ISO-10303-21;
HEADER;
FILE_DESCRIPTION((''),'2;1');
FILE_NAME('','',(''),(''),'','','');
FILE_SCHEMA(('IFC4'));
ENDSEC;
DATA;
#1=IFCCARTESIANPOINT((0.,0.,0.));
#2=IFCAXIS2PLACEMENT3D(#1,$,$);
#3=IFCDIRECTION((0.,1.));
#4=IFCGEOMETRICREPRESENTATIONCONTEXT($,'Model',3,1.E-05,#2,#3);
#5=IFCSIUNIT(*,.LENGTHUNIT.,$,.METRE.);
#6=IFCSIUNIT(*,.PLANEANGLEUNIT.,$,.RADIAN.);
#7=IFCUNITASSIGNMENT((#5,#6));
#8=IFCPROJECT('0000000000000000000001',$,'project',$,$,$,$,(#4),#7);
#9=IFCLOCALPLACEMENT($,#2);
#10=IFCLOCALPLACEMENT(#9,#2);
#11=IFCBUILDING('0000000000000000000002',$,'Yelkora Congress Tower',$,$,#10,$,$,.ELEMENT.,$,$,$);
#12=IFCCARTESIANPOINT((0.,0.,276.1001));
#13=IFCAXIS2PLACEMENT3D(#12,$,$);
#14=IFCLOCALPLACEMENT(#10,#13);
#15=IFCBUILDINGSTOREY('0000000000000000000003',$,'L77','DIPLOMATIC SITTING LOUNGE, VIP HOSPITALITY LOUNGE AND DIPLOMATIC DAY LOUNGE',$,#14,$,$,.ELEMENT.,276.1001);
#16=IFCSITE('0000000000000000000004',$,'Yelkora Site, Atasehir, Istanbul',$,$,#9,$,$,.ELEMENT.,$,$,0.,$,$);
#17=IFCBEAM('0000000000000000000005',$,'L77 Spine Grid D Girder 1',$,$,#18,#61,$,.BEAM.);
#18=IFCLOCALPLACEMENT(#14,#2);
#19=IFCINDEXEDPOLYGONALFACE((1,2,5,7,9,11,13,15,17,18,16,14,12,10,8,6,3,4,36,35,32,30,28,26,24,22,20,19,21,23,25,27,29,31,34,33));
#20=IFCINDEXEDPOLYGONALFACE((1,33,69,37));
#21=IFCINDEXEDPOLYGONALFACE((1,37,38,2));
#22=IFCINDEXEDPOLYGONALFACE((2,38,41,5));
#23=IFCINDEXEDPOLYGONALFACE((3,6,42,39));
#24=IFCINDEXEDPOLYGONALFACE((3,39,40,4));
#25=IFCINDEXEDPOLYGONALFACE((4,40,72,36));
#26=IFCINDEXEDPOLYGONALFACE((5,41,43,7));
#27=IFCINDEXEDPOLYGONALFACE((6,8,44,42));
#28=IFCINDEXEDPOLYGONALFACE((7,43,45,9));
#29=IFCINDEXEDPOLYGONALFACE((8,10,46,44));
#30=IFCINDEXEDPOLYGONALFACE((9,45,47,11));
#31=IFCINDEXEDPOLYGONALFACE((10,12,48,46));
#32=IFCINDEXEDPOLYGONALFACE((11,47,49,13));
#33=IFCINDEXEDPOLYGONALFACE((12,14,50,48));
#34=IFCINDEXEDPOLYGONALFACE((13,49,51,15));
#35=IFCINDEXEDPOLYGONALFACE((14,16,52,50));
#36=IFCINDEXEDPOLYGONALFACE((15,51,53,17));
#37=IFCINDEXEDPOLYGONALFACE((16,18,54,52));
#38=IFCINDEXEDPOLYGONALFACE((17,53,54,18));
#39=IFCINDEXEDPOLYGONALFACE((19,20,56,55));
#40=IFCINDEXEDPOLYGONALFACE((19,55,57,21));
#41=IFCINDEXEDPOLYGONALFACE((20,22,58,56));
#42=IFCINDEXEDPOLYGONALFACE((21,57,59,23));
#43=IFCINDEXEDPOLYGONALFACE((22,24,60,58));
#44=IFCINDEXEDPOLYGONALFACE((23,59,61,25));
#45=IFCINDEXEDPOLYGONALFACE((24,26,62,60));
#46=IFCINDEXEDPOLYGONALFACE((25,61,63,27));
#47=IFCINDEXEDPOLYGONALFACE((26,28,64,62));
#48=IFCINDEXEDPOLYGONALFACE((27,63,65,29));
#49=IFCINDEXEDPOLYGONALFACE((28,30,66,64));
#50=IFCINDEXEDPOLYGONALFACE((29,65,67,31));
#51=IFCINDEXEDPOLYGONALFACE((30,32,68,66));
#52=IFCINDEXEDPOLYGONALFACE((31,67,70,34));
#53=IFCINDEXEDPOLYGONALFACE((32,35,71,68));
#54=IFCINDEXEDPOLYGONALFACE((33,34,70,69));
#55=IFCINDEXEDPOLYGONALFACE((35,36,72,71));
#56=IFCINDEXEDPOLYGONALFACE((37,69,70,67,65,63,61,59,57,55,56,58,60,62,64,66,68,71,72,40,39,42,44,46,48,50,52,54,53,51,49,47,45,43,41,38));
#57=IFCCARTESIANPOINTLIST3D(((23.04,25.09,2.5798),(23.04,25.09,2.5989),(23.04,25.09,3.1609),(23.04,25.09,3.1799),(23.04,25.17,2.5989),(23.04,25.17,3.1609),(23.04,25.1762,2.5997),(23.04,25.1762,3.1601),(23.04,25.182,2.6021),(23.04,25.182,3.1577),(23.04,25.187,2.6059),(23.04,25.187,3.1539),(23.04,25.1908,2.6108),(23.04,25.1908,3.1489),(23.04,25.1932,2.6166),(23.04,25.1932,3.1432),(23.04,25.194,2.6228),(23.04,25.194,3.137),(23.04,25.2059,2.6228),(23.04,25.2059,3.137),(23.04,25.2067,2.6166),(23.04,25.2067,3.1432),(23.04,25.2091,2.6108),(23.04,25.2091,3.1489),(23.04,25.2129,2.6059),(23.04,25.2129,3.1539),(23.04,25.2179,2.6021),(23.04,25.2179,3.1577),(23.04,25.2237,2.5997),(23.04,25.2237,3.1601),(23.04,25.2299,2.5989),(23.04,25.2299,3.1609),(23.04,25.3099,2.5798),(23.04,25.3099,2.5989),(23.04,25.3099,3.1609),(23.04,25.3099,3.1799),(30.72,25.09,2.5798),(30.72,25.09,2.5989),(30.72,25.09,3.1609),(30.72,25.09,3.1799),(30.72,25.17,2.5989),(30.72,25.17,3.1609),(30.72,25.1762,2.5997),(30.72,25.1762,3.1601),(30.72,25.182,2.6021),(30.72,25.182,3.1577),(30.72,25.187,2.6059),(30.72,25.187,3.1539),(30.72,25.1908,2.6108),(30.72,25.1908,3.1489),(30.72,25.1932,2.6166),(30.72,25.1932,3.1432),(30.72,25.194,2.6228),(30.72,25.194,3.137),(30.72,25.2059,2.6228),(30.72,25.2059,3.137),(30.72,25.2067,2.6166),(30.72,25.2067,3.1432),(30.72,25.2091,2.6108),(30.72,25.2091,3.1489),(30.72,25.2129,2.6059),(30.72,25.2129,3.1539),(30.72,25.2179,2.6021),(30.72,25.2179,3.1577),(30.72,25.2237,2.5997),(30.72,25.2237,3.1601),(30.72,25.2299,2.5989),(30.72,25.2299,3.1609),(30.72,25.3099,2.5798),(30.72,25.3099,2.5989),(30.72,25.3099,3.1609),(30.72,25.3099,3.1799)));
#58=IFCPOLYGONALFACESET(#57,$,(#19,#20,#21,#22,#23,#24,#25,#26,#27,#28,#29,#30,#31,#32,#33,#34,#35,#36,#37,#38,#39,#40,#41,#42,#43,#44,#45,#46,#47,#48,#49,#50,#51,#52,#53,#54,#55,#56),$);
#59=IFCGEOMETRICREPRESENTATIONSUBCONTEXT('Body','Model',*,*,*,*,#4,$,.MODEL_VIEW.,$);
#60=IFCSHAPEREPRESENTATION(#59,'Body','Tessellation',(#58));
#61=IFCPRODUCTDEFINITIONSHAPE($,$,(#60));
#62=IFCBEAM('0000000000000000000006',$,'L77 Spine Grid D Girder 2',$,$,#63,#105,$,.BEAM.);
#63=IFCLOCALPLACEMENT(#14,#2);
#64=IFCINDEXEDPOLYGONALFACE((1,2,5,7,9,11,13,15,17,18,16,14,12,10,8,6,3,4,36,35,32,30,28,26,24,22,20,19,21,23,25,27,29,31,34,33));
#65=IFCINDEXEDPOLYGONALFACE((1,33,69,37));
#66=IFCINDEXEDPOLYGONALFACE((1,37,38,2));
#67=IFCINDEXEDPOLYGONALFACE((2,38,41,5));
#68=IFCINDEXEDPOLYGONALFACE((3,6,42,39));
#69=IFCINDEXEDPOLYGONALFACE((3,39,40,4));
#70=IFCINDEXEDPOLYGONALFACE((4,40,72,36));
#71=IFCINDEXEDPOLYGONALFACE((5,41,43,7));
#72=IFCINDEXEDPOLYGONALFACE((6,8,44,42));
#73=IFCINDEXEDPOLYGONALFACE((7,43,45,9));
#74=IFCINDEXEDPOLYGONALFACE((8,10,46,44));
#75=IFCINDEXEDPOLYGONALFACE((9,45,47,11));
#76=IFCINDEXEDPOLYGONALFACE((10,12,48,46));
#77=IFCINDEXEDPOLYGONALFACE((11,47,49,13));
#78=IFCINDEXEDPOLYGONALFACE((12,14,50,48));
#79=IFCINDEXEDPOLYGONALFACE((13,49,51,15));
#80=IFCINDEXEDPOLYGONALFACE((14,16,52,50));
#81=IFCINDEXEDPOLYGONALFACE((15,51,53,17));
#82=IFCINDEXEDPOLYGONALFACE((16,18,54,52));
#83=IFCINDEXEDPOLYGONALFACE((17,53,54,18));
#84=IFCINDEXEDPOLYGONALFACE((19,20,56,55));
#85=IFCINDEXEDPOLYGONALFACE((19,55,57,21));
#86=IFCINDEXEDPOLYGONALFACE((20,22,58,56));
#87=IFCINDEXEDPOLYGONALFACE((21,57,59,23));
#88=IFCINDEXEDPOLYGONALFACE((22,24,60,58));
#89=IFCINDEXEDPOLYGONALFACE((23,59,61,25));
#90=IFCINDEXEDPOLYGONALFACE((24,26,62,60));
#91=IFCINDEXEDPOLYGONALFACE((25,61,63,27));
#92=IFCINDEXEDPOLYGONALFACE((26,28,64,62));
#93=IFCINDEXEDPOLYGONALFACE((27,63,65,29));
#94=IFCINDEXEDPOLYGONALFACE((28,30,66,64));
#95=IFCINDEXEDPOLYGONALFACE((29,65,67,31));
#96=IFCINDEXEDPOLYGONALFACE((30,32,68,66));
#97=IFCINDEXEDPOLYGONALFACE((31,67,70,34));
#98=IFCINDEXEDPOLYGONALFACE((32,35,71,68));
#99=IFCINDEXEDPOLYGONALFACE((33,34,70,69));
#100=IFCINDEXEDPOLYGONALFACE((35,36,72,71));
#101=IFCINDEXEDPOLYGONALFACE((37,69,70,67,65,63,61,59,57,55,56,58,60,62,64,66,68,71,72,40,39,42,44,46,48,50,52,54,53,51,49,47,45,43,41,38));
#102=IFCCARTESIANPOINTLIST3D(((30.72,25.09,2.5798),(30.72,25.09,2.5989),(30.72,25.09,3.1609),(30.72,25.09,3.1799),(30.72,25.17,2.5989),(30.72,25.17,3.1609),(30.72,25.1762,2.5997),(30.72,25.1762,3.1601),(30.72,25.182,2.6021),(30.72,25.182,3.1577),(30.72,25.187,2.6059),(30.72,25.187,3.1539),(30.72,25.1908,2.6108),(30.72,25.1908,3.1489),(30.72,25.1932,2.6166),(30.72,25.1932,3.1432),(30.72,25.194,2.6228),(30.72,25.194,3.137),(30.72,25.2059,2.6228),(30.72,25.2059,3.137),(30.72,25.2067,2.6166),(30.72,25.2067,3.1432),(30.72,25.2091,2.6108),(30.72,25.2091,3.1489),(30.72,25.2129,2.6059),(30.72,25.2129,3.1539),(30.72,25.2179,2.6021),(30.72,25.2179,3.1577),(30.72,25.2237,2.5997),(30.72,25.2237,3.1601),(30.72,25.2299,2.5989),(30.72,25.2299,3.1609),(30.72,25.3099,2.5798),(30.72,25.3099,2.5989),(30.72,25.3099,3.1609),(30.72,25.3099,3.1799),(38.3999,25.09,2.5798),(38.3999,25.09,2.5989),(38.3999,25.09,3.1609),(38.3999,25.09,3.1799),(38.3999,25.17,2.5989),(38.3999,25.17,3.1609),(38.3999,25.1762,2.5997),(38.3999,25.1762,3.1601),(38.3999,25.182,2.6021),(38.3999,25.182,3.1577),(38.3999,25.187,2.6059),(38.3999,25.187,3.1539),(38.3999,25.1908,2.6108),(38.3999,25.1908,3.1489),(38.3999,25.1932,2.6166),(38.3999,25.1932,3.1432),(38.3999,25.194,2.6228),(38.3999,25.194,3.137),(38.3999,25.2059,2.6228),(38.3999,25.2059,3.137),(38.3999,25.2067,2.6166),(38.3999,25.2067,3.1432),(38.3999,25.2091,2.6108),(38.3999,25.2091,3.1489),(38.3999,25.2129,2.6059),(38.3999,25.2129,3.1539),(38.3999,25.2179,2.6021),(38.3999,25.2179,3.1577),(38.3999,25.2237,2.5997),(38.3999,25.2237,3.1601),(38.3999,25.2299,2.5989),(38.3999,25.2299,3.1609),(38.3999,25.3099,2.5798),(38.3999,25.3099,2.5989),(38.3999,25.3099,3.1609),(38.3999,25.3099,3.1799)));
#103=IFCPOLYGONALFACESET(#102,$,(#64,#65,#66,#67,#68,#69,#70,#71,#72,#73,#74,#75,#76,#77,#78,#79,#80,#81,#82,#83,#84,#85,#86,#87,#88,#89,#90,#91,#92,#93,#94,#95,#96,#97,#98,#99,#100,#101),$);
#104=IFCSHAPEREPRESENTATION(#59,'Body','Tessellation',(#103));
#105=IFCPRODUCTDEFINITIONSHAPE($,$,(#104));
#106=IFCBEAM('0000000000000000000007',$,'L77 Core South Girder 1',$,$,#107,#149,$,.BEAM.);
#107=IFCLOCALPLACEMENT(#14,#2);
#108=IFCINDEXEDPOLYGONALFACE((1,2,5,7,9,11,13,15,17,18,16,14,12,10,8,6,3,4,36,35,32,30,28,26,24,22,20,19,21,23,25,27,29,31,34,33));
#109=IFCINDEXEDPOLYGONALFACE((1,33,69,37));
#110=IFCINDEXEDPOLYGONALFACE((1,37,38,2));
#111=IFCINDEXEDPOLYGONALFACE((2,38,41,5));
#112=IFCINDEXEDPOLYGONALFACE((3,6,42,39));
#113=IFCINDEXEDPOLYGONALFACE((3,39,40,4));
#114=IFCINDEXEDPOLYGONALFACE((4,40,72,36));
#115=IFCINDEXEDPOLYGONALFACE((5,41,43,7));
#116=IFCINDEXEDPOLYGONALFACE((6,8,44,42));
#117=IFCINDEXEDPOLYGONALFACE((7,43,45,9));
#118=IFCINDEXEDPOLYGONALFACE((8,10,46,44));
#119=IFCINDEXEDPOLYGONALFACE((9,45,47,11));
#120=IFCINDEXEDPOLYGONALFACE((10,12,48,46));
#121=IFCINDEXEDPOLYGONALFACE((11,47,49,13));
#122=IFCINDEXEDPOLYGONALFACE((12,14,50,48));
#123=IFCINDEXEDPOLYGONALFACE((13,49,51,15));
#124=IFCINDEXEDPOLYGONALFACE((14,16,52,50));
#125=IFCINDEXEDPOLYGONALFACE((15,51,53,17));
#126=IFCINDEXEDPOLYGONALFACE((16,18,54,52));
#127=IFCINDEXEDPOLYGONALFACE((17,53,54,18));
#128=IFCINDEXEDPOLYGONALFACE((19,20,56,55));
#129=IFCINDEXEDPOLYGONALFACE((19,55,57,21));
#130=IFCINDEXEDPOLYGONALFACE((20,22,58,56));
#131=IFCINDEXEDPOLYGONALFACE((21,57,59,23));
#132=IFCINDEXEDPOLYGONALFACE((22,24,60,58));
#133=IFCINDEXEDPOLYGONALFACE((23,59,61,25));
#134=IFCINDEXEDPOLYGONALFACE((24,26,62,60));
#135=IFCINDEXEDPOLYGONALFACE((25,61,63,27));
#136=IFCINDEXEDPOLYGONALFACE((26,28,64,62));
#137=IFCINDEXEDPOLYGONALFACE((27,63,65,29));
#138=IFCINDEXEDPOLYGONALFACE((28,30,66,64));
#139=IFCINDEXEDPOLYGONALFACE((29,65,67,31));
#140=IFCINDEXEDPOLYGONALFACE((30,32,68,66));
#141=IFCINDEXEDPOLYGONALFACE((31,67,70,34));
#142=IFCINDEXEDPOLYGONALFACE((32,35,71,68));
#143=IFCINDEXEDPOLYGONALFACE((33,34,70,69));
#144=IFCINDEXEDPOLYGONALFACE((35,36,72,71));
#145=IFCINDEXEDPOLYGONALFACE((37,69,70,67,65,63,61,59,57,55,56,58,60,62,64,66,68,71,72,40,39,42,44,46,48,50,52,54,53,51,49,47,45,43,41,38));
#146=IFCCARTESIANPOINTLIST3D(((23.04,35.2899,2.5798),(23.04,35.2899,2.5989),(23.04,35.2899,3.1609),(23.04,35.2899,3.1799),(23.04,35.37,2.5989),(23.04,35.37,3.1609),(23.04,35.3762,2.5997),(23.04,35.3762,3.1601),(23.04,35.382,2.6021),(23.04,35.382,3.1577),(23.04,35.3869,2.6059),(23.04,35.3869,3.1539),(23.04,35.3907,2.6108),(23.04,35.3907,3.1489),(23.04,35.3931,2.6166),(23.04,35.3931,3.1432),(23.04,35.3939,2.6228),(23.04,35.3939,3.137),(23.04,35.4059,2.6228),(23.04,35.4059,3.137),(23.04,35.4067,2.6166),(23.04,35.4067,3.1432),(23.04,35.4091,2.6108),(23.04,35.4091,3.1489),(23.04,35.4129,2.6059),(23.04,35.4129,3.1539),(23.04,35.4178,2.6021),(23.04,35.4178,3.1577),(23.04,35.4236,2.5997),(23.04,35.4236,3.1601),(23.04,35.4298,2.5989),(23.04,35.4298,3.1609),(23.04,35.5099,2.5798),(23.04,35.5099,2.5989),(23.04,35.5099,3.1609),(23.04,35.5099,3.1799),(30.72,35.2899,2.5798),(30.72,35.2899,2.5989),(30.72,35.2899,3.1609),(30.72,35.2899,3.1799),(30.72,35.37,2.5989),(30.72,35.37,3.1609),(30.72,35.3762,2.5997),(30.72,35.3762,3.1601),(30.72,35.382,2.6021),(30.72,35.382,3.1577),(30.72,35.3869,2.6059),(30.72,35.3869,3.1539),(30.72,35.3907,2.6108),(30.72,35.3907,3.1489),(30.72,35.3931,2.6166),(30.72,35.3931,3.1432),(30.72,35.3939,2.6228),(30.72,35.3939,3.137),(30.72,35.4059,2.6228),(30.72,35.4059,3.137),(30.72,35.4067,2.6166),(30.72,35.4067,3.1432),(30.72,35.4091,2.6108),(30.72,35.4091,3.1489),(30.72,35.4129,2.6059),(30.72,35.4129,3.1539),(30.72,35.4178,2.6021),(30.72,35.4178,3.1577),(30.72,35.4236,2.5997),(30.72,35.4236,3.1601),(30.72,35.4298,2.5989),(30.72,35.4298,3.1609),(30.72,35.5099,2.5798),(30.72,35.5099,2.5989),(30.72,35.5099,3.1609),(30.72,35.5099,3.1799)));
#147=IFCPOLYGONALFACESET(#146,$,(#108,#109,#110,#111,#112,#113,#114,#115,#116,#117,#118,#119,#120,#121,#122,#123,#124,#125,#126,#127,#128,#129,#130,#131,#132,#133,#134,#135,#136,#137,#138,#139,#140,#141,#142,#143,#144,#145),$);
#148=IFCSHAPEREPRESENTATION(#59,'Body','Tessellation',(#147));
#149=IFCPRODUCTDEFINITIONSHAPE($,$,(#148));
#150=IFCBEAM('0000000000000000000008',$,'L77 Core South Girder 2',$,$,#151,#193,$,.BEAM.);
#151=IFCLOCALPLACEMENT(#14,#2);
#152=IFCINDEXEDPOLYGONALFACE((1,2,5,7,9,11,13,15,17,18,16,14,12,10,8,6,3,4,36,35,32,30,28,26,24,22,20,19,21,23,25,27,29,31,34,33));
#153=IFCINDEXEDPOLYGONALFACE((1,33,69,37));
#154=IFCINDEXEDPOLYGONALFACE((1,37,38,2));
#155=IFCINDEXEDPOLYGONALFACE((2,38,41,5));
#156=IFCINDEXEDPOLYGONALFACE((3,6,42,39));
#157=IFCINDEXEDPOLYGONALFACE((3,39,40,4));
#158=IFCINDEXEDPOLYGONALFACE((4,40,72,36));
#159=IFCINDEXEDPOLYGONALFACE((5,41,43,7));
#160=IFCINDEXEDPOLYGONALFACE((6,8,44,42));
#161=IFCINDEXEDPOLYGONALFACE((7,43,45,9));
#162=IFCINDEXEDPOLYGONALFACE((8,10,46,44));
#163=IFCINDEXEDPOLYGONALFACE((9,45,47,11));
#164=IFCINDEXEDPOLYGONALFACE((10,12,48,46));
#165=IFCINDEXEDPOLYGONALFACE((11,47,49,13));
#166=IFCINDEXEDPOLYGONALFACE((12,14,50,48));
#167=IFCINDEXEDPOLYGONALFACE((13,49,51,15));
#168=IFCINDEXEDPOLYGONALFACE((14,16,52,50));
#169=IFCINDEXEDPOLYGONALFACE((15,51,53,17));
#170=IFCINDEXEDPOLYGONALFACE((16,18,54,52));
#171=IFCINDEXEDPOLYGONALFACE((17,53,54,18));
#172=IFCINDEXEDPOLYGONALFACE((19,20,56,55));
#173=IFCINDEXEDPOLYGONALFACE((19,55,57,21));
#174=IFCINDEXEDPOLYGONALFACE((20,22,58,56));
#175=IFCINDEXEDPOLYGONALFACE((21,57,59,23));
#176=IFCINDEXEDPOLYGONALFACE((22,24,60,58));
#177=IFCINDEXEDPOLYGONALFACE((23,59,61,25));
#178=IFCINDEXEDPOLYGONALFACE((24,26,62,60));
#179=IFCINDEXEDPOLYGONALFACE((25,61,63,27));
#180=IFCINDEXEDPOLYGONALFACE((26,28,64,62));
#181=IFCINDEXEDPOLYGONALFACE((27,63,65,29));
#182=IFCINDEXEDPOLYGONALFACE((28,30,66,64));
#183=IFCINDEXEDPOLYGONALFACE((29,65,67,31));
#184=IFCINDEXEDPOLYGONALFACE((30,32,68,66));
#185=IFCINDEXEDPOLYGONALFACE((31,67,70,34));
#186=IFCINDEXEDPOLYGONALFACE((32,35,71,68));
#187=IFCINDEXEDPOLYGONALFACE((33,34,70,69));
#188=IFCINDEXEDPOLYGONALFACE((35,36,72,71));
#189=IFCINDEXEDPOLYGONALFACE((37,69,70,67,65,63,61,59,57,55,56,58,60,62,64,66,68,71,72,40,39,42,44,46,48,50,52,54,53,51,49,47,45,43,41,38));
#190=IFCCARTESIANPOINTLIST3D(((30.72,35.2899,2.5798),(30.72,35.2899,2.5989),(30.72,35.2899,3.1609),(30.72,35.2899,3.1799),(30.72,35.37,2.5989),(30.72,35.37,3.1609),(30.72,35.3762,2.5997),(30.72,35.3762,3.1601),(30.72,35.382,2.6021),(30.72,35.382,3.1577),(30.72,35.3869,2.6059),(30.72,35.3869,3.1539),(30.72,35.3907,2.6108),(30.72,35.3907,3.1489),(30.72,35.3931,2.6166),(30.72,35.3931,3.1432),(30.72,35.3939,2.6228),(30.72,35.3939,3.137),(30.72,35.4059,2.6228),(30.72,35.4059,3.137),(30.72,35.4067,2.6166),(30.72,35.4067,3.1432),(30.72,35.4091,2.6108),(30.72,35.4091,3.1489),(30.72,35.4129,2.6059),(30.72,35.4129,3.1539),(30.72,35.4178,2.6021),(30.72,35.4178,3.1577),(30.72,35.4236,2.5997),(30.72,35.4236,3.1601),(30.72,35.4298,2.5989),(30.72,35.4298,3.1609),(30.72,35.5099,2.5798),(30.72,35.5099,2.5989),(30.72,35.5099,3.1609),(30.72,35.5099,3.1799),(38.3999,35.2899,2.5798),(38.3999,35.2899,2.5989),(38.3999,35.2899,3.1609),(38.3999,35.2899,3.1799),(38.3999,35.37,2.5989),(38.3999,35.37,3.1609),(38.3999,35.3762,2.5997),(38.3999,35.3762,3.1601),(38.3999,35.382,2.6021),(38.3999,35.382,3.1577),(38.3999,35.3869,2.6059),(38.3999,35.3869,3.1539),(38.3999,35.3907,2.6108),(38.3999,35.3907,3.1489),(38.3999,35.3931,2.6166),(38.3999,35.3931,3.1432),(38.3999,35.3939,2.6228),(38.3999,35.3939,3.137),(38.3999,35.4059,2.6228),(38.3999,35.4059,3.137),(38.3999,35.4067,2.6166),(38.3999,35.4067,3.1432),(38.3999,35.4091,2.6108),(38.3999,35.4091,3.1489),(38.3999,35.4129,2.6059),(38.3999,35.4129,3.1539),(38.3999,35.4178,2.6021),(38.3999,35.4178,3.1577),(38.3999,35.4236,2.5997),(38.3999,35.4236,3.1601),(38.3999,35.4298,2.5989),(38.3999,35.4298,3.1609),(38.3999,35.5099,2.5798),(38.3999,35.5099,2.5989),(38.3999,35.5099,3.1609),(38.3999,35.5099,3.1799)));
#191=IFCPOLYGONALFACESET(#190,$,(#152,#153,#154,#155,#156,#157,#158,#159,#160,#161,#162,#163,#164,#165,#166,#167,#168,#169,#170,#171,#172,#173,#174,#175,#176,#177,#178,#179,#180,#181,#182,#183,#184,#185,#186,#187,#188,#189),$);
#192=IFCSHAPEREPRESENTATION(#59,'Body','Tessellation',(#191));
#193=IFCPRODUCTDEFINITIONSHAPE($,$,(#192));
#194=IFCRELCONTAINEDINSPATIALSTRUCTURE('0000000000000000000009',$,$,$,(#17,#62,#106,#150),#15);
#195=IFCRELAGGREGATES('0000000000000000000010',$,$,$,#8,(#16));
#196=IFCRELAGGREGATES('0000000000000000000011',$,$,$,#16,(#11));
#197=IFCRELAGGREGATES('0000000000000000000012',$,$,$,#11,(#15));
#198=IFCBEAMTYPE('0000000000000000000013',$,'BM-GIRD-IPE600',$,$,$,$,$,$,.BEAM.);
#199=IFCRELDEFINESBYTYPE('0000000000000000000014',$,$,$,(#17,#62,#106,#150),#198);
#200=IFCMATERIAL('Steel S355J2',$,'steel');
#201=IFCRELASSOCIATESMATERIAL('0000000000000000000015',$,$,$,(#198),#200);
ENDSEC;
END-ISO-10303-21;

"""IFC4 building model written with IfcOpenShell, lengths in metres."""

from ifc_helpers import new_model, si_unit, direction, frame, origin, origin_2d, place, context, subcontext, project, spatial, i_section, extrude, material, material_profile, profile_set, type_object, element, save


model = new_model("IFC4")

# Units and contexts
model_context = context("Model", 3, precision=1e-05, world=origin(), true_north=direction((0.0, 1.0)))
body_context = subcontext(model_context, "Body", "Model", "MODEL_VIEW")
ifc_project = project(units=[si_unit("LENGTHUNIT", "METRE"), si_unit("PLANEANGLEUNIT", "RADIAN")], contexts=[model_context])

# Site, building, storey
site_placement = place(None, origin())
site = spatial("IfcSite", under=ifc_project, at=site_placement, Name="Yelkora Site, Atasehir, Istanbul", CompositionType="ELEMENT", RefElevation=0.0)
building_placement = place(site_placement, origin())
building = spatial("IfcBuilding", under=site, at=building_placement, Name="Yelkora Congress Tower", CompositionType="ELEMENT")
storey_placement = place(building_placement, frame((0.0, 0.0, 276.1001)))
storey = spatial("IfcBuildingStorey", under=building, at=storey_placement, Name="L77", Description="DIPLOMATIC SITTING LOUNGE, VIP HOSPITALITY LOUNGE AND DIPLOMATIC DAY LOUNGE", CompositionType="ELEMENT", Elevation=276.1001)

# Beams
ifc_material_1 = material(Name="Steel S355J2", Category="steel")
ifc_material_profile_1 = material_profile(ifc_material_1, i_section(OverallWidth=0.22, OverallDepth=0.6001, WebThickness=0.012, FlangeThickness=0.019, FilletRadius=0.0239, at=origin_2d()), Name="IPE 600")
ifc_profile_set_1 = profile_set([ifc_material_profile_1], Name="Steel S355J2")
beam_type_1 = type_object("IfcBeamType", Name="BM-GIRD-IPE600", PredefinedType="BEAM", material=ifc_profile_set_1)
for number, where, z_axis, x_axis, name in (
    (1, (23.04, 25.2, 2.8799), (1.0, 0.0, 0.0), (0.0, 1.0, 0.0), "L77 Spine Grid D Girder 1"),
    (2, (30.72, 25.2, 2.8799), (1.0, 0.0, 0.0), (0.0, 1.0, 0.0), "L77 Spine Grid D Girder 2"),
    (3, (23.04, 35.3999, 2.8799), (1.0, 0.0, 0.0), (0.0, 1.0, 0.0), "L77 Core South Girder 1"),
    (4, (30.72, 35.3999, 2.8799), (1.0, 0.0, 0.0), (0.0, 1.0, 0.0), "L77 Core South Girder 2"),
):
    element("IfcBeam", number, at=place(storey_placement, frame(where, z_axis=z_axis, x_axis=x_axis)), inside=storey, type_object=beam_type_1, Name=name, PredefinedType="BEAM", context=body_context, shape_type="SweptSolid", body=[
        extrude(i_section(OverallWidth=0.22, OverallDepth=0.6001, WebThickness=0.012, FlangeThickness=0.019, FilletRadius=0.0239, at=origin_2d()), origin(), (0.0, 0.0, 1.0), 7.6799),
    ])

save(model, "model.ifc")
